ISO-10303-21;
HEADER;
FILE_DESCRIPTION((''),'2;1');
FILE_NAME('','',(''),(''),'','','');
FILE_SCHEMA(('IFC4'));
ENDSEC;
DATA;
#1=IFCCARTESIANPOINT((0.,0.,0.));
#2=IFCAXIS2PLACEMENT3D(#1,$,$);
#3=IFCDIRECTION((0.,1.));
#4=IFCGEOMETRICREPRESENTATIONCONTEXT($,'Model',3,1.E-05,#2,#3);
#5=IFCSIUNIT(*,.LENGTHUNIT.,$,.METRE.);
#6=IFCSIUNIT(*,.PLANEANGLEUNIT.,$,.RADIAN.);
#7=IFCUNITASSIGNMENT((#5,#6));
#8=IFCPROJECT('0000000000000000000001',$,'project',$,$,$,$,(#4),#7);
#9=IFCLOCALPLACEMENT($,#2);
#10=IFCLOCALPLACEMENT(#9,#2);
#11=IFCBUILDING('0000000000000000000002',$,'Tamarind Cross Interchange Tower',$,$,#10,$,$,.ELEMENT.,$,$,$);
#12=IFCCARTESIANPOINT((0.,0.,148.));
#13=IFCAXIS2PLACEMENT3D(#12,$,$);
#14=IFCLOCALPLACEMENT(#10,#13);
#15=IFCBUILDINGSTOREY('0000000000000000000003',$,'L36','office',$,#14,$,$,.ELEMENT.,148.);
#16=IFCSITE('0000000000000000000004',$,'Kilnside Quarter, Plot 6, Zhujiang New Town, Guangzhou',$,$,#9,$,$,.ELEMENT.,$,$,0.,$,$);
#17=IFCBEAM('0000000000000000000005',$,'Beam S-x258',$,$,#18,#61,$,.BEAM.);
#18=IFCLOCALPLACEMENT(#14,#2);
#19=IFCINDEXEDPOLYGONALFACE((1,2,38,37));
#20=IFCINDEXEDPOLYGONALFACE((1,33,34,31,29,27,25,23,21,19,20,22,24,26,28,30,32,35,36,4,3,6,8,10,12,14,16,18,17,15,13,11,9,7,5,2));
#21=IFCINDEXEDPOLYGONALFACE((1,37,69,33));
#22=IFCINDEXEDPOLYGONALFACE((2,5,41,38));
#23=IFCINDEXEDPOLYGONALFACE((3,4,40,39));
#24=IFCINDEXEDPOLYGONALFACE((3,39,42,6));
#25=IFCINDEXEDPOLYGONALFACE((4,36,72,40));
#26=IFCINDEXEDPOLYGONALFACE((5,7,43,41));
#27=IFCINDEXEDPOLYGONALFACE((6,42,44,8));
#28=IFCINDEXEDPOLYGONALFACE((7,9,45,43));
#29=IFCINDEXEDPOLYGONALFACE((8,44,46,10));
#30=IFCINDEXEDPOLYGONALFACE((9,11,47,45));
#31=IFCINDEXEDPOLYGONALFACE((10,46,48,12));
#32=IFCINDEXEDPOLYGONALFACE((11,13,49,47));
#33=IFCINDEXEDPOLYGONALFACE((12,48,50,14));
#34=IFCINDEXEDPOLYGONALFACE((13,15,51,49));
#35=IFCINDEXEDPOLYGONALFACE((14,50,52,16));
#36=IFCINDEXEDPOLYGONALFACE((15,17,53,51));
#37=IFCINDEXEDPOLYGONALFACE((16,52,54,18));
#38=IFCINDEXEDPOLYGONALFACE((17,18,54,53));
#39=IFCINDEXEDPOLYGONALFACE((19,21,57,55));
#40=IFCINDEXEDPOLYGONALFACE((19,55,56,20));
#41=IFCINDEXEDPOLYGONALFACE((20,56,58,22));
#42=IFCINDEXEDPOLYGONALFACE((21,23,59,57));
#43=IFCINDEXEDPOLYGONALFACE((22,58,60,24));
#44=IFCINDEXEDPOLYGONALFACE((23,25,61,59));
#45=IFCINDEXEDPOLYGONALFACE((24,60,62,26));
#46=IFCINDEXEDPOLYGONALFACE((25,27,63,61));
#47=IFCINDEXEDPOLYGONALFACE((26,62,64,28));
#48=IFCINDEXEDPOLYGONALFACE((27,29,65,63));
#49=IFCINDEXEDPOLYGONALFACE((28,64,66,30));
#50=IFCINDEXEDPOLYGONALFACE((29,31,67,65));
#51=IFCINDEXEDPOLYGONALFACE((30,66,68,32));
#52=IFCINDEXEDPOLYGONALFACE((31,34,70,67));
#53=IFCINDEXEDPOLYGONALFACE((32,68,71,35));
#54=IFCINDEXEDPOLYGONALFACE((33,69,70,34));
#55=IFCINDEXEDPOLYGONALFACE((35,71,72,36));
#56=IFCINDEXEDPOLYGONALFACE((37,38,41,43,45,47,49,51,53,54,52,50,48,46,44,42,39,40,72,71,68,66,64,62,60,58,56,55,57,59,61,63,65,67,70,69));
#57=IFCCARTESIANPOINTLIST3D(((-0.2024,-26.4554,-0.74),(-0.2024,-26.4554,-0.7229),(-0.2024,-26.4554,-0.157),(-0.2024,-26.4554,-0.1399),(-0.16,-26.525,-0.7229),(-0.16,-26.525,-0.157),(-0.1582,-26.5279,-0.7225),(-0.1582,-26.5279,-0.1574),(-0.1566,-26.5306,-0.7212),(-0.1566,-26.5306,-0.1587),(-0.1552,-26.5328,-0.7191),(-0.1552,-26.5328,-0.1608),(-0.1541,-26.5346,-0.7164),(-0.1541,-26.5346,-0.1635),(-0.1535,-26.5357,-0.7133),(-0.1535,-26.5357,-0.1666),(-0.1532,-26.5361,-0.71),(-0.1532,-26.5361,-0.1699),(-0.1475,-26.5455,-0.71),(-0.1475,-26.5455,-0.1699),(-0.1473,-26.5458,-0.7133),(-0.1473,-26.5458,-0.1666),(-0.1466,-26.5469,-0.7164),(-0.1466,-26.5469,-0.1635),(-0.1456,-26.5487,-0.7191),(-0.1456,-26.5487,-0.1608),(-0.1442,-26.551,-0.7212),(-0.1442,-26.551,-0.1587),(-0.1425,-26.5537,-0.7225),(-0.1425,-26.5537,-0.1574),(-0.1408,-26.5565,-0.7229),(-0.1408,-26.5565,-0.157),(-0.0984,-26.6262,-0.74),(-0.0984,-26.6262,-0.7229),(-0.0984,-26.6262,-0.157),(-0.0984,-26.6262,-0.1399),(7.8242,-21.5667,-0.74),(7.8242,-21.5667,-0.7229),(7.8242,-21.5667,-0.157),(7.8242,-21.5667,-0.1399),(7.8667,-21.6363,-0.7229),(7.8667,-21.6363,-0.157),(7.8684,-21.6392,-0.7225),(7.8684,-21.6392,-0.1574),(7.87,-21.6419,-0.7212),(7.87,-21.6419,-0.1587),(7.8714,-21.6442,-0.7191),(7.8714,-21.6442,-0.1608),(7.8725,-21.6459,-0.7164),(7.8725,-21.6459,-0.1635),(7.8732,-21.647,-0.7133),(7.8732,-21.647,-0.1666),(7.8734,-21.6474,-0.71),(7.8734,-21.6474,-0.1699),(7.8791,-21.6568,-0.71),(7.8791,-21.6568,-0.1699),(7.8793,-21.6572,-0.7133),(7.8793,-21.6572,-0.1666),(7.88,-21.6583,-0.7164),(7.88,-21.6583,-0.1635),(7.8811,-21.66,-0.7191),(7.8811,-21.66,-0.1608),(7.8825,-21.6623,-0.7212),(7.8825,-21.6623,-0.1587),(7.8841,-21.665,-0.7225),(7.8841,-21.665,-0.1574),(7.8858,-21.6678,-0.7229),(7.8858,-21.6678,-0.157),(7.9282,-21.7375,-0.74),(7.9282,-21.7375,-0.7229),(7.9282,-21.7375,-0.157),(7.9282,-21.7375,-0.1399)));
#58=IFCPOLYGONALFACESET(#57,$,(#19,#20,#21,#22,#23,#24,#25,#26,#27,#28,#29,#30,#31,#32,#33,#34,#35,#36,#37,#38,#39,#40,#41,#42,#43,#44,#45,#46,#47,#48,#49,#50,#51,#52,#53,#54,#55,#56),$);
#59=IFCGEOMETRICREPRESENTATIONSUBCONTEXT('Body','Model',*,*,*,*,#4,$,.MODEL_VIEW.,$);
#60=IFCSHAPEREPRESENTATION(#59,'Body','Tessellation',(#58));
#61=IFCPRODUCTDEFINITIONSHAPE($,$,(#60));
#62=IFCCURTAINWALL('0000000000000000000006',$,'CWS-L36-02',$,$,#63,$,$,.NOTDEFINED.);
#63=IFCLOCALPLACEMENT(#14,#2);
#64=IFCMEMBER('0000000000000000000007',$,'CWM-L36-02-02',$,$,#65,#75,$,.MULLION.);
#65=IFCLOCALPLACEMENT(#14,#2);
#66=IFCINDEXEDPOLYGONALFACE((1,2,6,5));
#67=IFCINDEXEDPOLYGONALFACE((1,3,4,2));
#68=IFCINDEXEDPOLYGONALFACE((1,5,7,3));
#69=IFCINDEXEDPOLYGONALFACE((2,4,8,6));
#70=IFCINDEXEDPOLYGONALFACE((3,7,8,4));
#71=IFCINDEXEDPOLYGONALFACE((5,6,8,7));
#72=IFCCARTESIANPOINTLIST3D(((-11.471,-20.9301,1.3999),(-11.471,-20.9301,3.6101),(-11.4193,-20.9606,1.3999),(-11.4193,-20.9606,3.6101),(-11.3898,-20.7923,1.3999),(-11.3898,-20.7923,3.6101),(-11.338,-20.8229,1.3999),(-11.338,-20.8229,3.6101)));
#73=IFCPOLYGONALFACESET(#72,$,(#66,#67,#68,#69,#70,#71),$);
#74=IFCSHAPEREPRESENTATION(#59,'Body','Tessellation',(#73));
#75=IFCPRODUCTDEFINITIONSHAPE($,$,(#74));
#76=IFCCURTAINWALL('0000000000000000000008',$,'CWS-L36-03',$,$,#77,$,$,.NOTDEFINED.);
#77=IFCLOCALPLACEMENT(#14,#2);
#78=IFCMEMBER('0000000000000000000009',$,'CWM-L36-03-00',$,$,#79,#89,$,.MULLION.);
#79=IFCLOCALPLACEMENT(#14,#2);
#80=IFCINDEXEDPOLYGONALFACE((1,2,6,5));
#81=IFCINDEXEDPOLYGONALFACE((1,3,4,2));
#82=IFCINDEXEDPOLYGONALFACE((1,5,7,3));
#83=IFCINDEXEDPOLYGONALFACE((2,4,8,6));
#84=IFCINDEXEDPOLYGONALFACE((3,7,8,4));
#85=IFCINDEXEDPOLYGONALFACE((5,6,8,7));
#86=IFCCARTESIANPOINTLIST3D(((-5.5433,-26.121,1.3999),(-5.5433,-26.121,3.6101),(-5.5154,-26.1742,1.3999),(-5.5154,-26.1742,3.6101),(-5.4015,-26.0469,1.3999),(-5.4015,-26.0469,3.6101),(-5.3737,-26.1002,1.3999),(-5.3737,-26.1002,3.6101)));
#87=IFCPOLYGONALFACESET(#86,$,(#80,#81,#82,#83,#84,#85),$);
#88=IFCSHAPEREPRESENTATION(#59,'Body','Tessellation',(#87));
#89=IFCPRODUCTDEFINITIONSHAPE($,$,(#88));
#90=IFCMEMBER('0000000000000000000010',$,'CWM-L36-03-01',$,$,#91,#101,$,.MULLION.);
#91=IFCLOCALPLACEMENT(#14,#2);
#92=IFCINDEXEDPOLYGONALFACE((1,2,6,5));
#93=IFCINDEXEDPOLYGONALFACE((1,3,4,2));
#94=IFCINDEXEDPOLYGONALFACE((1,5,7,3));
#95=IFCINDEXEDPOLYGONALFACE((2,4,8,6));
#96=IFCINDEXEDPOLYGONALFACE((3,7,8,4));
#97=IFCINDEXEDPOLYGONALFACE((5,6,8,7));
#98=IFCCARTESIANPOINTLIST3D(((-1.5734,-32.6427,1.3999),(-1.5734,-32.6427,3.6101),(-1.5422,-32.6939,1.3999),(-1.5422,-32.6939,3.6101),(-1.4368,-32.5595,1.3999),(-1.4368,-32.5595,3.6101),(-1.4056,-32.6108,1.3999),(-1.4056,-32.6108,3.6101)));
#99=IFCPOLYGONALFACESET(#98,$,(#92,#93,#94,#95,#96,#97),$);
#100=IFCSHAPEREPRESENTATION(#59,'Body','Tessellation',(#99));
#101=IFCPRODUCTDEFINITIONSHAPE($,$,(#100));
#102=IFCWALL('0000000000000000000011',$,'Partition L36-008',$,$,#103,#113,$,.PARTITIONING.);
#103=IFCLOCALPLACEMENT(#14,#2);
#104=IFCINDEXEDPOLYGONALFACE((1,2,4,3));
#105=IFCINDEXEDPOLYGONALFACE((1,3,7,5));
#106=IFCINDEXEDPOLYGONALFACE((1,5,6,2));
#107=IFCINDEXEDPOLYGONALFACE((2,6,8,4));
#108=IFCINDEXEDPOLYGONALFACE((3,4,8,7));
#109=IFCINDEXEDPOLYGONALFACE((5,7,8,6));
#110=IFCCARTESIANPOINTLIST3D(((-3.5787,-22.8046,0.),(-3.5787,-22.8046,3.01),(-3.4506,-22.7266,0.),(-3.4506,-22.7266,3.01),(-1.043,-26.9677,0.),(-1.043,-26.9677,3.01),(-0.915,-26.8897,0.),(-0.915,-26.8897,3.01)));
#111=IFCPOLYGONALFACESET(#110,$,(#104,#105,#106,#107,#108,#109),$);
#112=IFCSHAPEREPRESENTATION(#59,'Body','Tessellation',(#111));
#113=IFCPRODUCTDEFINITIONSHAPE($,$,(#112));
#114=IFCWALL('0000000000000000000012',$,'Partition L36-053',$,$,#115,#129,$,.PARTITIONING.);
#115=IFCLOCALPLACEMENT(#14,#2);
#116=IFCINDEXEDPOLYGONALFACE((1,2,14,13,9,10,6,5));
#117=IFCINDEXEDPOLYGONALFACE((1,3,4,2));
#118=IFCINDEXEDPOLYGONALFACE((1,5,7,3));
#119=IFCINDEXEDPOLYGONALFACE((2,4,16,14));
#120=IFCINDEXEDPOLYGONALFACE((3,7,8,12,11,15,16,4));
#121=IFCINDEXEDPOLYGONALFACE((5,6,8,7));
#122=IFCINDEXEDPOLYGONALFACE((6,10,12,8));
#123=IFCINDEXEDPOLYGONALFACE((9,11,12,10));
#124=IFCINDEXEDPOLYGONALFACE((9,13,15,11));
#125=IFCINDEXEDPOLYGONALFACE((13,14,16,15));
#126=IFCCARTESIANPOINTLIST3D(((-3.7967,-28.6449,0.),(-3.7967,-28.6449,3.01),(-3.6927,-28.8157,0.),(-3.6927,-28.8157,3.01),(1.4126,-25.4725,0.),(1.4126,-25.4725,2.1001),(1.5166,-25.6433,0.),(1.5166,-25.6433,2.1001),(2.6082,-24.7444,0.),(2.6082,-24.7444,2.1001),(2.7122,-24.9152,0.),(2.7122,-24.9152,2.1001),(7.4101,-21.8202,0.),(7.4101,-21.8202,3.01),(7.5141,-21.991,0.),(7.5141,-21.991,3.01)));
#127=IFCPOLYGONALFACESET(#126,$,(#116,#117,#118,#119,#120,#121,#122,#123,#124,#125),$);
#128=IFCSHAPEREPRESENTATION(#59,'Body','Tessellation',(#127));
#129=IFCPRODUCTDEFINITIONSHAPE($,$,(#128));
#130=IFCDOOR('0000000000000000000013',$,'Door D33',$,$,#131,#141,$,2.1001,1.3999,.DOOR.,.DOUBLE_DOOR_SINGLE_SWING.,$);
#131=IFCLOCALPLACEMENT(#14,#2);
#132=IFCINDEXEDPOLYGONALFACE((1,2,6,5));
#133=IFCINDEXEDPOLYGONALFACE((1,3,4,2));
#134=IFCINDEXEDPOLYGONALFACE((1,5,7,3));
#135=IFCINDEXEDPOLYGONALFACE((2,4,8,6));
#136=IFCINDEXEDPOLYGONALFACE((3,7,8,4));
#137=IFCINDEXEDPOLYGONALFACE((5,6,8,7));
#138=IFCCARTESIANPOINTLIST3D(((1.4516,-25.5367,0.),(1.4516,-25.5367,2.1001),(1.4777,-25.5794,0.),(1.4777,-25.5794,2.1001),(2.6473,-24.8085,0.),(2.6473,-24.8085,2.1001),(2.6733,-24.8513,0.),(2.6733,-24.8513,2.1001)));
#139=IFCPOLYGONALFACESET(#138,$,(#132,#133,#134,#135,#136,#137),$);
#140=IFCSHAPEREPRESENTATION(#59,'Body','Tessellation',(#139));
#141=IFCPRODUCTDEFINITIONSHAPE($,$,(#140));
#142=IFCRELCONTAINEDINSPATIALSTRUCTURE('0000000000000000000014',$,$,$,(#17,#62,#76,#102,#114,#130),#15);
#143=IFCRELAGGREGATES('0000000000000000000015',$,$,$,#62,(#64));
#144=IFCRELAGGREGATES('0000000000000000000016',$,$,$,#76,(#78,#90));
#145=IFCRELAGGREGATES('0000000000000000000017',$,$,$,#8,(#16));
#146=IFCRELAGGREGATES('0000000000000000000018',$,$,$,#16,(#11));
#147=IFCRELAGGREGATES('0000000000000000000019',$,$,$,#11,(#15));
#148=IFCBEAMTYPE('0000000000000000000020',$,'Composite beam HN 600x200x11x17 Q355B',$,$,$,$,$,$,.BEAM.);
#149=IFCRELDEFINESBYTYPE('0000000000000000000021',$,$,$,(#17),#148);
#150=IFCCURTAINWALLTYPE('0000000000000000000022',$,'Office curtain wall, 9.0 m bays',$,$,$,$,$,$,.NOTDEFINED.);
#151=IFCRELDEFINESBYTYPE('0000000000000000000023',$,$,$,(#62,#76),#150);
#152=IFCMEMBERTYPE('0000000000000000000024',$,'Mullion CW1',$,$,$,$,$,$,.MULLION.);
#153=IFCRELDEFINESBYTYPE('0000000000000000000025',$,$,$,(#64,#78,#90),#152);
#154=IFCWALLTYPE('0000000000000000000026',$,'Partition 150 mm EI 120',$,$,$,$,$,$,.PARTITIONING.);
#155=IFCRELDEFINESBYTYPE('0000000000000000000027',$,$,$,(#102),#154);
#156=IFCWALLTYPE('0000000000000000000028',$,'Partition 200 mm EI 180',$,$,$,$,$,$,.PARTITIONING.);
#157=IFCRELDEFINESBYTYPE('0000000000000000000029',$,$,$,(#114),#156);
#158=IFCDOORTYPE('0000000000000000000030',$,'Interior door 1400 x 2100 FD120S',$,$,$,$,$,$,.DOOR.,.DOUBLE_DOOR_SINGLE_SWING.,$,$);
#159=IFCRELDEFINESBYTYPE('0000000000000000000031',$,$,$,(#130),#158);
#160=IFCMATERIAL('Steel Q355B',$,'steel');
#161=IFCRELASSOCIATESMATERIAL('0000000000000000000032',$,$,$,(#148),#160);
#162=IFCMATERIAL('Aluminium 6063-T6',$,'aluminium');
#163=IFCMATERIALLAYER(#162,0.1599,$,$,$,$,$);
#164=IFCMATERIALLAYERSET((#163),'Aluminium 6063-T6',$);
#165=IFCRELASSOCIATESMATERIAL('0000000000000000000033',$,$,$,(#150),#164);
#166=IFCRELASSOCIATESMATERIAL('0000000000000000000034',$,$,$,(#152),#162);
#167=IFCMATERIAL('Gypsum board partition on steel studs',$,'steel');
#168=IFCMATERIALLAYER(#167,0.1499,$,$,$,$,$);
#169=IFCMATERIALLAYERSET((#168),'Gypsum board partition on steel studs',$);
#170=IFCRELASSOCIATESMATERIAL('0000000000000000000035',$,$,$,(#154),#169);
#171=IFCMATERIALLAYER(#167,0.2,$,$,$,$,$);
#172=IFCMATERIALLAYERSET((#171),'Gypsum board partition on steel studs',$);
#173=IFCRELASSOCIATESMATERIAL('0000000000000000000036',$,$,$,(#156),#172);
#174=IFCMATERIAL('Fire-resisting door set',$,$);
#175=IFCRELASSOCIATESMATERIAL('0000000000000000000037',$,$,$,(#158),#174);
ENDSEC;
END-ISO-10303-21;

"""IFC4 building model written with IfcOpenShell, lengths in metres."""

from ifc_helpers import new_model, si_unit, direction, frame, frame_2d, origin, origin_2d, place, context, subcontext, project, spatial, rectangle, i_section, extrude, material, layer, layer_set, material_profile, profile_set, type_object, element, fill, aggregate, save


model = new_model("IFC4")

# Units and contexts
model_context = context("Model", 3, precision=1e-05, world=origin(), true_north=direction((0.0, 1.0)))
body_context = subcontext(model_context, "Body", "Model", "MODEL_VIEW")
ifc_project = project(units=[si_unit("LENGTHUNIT", "METRE"), si_unit("PLANEANGLEUNIT", "RADIAN")], contexts=[model_context])

# Site, building, storey
site_placement = place(None, origin())
site = spatial("IfcSite", under=ifc_project, at=site_placement, Name="Kilnside Quarter, Plot 6, Zhujiang New Town, Guangzhou", CompositionType="ELEMENT", RefElevation=0.0)
building_placement = place(site_placement, origin())
building = spatial("IfcBuilding", under=site, at=building_placement, Name="Tamarind Cross Interchange Tower", CompositionType="ELEMENT")
storey_placement = place(building_placement, frame((0.0, 0.0, 148.0)))
storey = spatial("IfcBuildingStorey", under=building, at=storey_placement, Name="L36", Description="office", CompositionType="ELEMENT", Elevation=148.0)

# Beam
ifc_material_1 = material(Name="Steel Q355B", Category="steel")
ifc_material_profile_1 = material_profile(ifc_material_1, i_section(OverallWidth=0.2, OverallDepth=0.6001, WebThickness=0.011, FlangeThickness=0.0171, FilletRadius=0.0129, at=origin_2d()), Name="HN 600x200x11x17")
ifc_profile_set_1 = profile_set([ifc_material_profile_1], Name="Steel Q355B")
beam_type_1 = type_object("IfcBeamType", Name="Composite beam HN 600x200x11x17 Q355B", PredefinedType="BEAM", material=ifc_profile_set_1)
beam_1_placement = place(storey_placement, frame((-0.1504, -26.5408, -0.4399), z_axis=(0.854061, 0.520173, 0.0), x_axis=(-0.520173, 0.854061, 0.0)))
element("IfcBeam", 1, at=beam_1_placement, inside=storey, type_object=beam_type_1, Name="Beam S-x258", PredefinedType="BEAM", context=body_context, shape_type="SweptSolid", body=[
    extrude(i_section(OverallWidth=0.2, OverallDepth=0.6001, WebThickness=0.011, FlangeThickness=0.0171, FilletRadius=0.0129, at=origin_2d()), origin(), (0.0, 0.0, 1.0), 9.3982),
])

# Curtain wall, member
ifc_material_2 = material(Name="Aluminium 6063-T6", Category="aluminium")
ifc_layer_1 = layer(ifc_material_2, 0.1599)
ifc_layer_set_1 = layer_set([ifc_layer_1], Name="Aluminium 6063-T6")
curtain_wall_type = type_object("IfcCurtainWallType", Name="Office curtain wall, 9.0 m bays", PredefinedType="NOTDEFINED", material=ifc_layer_set_1)
curtain_wall_1_placement = place(storey_placement, origin())
curtain_wall_1 = element("IfcCurtainWall", 2, at=curtain_wall_1_placement, inside=storey, type_object=curtain_wall_type, Name="CWS-L36-02", PredefinedType="NOTDEFINED")
ifc_material_profile_2 = material_profile(ifc_material_2, rectangle(XDim=0.0601, YDim=0.1599, at=origin_2d()), Name="Mullion CW1")
ifc_profile_set_2 = profile_set([ifc_material_profile_2], Name="Aluminium 6063-T6")
member_type = type_object("IfcMemberType", Name="Mullion CW1", PredefinedType="MULLION", material=ifc_profile_set_2)
member_1_placement = place(storey_placement, frame((-11.4045, -20.8765, 1.3999), z_axis=(0.0, 0.0, 1.0), x_axis=(0.861249, -0.508183, 0.0)))
member_1 = element("IfcMember", 3, at=member_1_placement, type_object=member_type, Name="CWM-L36-02-02", PredefinedType="MULLION", context=body_context, shape_type="SweptSolid", body=[
    extrude(rectangle(XDim=0.0601, YDim=0.1599, at=origin_2d()), origin(), (0.0, 0.0, 1.0), 2.2102),
])
aggregate(curtain_wall_1, [member_1])

# Curtain wall, members
curtain_wall_2_placement = place(storey_placement, origin())
curtain_wall_2 = element("IfcCurtainWall", 4, at=curtain_wall_2_placement, inside=storey, type_object=curtain_wall_type, Name="CWS-L36-03", PredefinedType="NOTDEFINED")
member_2_placement = place(storey_placement, frame((-5.4585, -26.1106, 1.3999), z_axis=(0.0, 0.0, 1.0), x_axis=(0.463203, -0.886252, 0.0)))
member_2 = element("IfcMember", 5, at=member_2_placement, type_object=member_type, Name="CWM-L36-03-00", PredefinedType="MULLION", context=body_context, shape_type="SweptSolid", body=[
    extrude(rectangle(XDim=0.0601, YDim=0.1599, at=origin_2d()), origin(), (0.0, 0.0, 1.0), 2.2102),
])
member_3_placement = place(storey_placement, frame((-1.4895, -32.6267, 1.3999), z_axis=(0.0, 0.0, 1.0), x_axis=(0.520175, -0.85406, 0.0)))
member_3 = element("IfcMember", 6, at=member_3_placement, type_object=member_type, Name="CWM-L36-03-01", PredefinedType="MULLION", context=body_context, shape_type="SweptSolid", body=[
    extrude(rectangle(XDim=0.0601, YDim=0.1599, at=origin_2d()), origin(), (0.0, 0.0, 1.0), 2.2102),
])
aggregate(curtain_wall_2, [member_2, member_3])

# Wall
ifc_material_3 = material(Name="Gypsum board partition on steel studs", Category="steel")
ifc_layer_2 = layer(ifc_material_3, 0.1499)
ifc_layer_set_2 = layer_set([ifc_layer_2], Name="Gypsum board partition on steel studs")
wall_type_1 = type_object("IfcWallType", Name="Partition 150 mm EI 120", PredefinedType="PARTITIONING", material=ifc_layer_set_2)
wall_1_placement = place(storey_placement, frame((-3.5146, -22.7656, 0.0), z_axis=(0.0, 0.0, 1.0), x_axis=(0.520185, -0.854053, 0.0)))
element("IfcWall", 7, at=wall_1_placement, inside=storey, type_object=wall_type_1, Name="Partition L36-008", PredefinedType="PARTITIONING", context=body_context, shape_type="SweptSolid", body=[
    extrude(rectangle(XDim=4.8745, YDim=0.1499, at=frame_2d((2.4373, 0.0))), origin(), (0.0, 0.0, 1.0), 3.01),
])

# Wall, opening, door
ifc_layer_3 = layer(ifc_material_3, 0.2)
ifc_layer_set_3 = layer_set([ifc_layer_3], Name="Gypsum board partition on steel studs")
wall_type_2 = type_object("IfcWallType", Name="Partition 200 mm EI 180", PredefinedType="PARTITIONING", material=ifc_layer_set_3)
wall_2_placement = place(storey_placement, frame((-3.7446, -28.7302, 0.0), z_axis=(0.0, 0.0, 1.0), x_axis=(0.854091, 0.520124, 0.0)))
wall_2 = element("IfcWall", 8, at=wall_2_placement, inside=storey, type_object=wall_type_2, Name="Partition L36-053", PredefinedType="PARTITIONING", context=body_context, shape_type="SweptSolid", body=[
    extrude(rectangle(XDim=13.1213, YDim=0.2, at=frame_2d((6.5605, 0.0))), origin(), (0.0, 0.0, 1.0), 3.01),
])
opening_placement = place(wall_2_placement, frame((6.0991, 0.0, 0.0)))
opening = element("IfcOpeningElement", 9, at=opening_placement, cuts=wall_2, PredefinedType="OPENING", context=body_context, shape_type="SweptSolid", body=[
    extrude(rectangle(XDim=1.3999, YDim=2.1001, at=frame_2d((0.7, 1.05))), frame((0.0, 0.1099, 0.0), z_axis=(0.0, -1.0, 0.0), x_axis=(1.0, 0.0, 0.0)), (0.0, 0.0, 1.0), 0.22),
])
ifc_material_4 = material(Name="Fire-resisting door set")
door_type = type_object("IfcDoorType", Name="Interior door 1400 x 2100 FD120S", OperationType="DOUBLE_DOOR_SINGLE_SWING", PredefinedType="DOOR", material=ifc_material_4)
door_placement = place(opening_placement, origin())
door = element("IfcDoor", 10, at=door_placement, inside=storey, type_object=door_type, Name="Door D33", OperationType="DOUBLE_DOOR_SINGLE_SWING", OverallHeight=2.1001, OverallWidth=1.3999, PredefinedType="DOOR", context=body_context, shape_type="SweptSolid", body=[
    extrude(rectangle(XDim=1.3999, YDim=2.1001, at=frame_2d((0.7, 1.05))), frame((0.0, 0.0249, 0.0), z_axis=(0.0, -1.0, 0.0), x_axis=(1.0, 0.0, 0.0)), (0.0, 0.0, 1.0), 0.05),
])
fill(opening, door)

save(model, "model.ifc")
